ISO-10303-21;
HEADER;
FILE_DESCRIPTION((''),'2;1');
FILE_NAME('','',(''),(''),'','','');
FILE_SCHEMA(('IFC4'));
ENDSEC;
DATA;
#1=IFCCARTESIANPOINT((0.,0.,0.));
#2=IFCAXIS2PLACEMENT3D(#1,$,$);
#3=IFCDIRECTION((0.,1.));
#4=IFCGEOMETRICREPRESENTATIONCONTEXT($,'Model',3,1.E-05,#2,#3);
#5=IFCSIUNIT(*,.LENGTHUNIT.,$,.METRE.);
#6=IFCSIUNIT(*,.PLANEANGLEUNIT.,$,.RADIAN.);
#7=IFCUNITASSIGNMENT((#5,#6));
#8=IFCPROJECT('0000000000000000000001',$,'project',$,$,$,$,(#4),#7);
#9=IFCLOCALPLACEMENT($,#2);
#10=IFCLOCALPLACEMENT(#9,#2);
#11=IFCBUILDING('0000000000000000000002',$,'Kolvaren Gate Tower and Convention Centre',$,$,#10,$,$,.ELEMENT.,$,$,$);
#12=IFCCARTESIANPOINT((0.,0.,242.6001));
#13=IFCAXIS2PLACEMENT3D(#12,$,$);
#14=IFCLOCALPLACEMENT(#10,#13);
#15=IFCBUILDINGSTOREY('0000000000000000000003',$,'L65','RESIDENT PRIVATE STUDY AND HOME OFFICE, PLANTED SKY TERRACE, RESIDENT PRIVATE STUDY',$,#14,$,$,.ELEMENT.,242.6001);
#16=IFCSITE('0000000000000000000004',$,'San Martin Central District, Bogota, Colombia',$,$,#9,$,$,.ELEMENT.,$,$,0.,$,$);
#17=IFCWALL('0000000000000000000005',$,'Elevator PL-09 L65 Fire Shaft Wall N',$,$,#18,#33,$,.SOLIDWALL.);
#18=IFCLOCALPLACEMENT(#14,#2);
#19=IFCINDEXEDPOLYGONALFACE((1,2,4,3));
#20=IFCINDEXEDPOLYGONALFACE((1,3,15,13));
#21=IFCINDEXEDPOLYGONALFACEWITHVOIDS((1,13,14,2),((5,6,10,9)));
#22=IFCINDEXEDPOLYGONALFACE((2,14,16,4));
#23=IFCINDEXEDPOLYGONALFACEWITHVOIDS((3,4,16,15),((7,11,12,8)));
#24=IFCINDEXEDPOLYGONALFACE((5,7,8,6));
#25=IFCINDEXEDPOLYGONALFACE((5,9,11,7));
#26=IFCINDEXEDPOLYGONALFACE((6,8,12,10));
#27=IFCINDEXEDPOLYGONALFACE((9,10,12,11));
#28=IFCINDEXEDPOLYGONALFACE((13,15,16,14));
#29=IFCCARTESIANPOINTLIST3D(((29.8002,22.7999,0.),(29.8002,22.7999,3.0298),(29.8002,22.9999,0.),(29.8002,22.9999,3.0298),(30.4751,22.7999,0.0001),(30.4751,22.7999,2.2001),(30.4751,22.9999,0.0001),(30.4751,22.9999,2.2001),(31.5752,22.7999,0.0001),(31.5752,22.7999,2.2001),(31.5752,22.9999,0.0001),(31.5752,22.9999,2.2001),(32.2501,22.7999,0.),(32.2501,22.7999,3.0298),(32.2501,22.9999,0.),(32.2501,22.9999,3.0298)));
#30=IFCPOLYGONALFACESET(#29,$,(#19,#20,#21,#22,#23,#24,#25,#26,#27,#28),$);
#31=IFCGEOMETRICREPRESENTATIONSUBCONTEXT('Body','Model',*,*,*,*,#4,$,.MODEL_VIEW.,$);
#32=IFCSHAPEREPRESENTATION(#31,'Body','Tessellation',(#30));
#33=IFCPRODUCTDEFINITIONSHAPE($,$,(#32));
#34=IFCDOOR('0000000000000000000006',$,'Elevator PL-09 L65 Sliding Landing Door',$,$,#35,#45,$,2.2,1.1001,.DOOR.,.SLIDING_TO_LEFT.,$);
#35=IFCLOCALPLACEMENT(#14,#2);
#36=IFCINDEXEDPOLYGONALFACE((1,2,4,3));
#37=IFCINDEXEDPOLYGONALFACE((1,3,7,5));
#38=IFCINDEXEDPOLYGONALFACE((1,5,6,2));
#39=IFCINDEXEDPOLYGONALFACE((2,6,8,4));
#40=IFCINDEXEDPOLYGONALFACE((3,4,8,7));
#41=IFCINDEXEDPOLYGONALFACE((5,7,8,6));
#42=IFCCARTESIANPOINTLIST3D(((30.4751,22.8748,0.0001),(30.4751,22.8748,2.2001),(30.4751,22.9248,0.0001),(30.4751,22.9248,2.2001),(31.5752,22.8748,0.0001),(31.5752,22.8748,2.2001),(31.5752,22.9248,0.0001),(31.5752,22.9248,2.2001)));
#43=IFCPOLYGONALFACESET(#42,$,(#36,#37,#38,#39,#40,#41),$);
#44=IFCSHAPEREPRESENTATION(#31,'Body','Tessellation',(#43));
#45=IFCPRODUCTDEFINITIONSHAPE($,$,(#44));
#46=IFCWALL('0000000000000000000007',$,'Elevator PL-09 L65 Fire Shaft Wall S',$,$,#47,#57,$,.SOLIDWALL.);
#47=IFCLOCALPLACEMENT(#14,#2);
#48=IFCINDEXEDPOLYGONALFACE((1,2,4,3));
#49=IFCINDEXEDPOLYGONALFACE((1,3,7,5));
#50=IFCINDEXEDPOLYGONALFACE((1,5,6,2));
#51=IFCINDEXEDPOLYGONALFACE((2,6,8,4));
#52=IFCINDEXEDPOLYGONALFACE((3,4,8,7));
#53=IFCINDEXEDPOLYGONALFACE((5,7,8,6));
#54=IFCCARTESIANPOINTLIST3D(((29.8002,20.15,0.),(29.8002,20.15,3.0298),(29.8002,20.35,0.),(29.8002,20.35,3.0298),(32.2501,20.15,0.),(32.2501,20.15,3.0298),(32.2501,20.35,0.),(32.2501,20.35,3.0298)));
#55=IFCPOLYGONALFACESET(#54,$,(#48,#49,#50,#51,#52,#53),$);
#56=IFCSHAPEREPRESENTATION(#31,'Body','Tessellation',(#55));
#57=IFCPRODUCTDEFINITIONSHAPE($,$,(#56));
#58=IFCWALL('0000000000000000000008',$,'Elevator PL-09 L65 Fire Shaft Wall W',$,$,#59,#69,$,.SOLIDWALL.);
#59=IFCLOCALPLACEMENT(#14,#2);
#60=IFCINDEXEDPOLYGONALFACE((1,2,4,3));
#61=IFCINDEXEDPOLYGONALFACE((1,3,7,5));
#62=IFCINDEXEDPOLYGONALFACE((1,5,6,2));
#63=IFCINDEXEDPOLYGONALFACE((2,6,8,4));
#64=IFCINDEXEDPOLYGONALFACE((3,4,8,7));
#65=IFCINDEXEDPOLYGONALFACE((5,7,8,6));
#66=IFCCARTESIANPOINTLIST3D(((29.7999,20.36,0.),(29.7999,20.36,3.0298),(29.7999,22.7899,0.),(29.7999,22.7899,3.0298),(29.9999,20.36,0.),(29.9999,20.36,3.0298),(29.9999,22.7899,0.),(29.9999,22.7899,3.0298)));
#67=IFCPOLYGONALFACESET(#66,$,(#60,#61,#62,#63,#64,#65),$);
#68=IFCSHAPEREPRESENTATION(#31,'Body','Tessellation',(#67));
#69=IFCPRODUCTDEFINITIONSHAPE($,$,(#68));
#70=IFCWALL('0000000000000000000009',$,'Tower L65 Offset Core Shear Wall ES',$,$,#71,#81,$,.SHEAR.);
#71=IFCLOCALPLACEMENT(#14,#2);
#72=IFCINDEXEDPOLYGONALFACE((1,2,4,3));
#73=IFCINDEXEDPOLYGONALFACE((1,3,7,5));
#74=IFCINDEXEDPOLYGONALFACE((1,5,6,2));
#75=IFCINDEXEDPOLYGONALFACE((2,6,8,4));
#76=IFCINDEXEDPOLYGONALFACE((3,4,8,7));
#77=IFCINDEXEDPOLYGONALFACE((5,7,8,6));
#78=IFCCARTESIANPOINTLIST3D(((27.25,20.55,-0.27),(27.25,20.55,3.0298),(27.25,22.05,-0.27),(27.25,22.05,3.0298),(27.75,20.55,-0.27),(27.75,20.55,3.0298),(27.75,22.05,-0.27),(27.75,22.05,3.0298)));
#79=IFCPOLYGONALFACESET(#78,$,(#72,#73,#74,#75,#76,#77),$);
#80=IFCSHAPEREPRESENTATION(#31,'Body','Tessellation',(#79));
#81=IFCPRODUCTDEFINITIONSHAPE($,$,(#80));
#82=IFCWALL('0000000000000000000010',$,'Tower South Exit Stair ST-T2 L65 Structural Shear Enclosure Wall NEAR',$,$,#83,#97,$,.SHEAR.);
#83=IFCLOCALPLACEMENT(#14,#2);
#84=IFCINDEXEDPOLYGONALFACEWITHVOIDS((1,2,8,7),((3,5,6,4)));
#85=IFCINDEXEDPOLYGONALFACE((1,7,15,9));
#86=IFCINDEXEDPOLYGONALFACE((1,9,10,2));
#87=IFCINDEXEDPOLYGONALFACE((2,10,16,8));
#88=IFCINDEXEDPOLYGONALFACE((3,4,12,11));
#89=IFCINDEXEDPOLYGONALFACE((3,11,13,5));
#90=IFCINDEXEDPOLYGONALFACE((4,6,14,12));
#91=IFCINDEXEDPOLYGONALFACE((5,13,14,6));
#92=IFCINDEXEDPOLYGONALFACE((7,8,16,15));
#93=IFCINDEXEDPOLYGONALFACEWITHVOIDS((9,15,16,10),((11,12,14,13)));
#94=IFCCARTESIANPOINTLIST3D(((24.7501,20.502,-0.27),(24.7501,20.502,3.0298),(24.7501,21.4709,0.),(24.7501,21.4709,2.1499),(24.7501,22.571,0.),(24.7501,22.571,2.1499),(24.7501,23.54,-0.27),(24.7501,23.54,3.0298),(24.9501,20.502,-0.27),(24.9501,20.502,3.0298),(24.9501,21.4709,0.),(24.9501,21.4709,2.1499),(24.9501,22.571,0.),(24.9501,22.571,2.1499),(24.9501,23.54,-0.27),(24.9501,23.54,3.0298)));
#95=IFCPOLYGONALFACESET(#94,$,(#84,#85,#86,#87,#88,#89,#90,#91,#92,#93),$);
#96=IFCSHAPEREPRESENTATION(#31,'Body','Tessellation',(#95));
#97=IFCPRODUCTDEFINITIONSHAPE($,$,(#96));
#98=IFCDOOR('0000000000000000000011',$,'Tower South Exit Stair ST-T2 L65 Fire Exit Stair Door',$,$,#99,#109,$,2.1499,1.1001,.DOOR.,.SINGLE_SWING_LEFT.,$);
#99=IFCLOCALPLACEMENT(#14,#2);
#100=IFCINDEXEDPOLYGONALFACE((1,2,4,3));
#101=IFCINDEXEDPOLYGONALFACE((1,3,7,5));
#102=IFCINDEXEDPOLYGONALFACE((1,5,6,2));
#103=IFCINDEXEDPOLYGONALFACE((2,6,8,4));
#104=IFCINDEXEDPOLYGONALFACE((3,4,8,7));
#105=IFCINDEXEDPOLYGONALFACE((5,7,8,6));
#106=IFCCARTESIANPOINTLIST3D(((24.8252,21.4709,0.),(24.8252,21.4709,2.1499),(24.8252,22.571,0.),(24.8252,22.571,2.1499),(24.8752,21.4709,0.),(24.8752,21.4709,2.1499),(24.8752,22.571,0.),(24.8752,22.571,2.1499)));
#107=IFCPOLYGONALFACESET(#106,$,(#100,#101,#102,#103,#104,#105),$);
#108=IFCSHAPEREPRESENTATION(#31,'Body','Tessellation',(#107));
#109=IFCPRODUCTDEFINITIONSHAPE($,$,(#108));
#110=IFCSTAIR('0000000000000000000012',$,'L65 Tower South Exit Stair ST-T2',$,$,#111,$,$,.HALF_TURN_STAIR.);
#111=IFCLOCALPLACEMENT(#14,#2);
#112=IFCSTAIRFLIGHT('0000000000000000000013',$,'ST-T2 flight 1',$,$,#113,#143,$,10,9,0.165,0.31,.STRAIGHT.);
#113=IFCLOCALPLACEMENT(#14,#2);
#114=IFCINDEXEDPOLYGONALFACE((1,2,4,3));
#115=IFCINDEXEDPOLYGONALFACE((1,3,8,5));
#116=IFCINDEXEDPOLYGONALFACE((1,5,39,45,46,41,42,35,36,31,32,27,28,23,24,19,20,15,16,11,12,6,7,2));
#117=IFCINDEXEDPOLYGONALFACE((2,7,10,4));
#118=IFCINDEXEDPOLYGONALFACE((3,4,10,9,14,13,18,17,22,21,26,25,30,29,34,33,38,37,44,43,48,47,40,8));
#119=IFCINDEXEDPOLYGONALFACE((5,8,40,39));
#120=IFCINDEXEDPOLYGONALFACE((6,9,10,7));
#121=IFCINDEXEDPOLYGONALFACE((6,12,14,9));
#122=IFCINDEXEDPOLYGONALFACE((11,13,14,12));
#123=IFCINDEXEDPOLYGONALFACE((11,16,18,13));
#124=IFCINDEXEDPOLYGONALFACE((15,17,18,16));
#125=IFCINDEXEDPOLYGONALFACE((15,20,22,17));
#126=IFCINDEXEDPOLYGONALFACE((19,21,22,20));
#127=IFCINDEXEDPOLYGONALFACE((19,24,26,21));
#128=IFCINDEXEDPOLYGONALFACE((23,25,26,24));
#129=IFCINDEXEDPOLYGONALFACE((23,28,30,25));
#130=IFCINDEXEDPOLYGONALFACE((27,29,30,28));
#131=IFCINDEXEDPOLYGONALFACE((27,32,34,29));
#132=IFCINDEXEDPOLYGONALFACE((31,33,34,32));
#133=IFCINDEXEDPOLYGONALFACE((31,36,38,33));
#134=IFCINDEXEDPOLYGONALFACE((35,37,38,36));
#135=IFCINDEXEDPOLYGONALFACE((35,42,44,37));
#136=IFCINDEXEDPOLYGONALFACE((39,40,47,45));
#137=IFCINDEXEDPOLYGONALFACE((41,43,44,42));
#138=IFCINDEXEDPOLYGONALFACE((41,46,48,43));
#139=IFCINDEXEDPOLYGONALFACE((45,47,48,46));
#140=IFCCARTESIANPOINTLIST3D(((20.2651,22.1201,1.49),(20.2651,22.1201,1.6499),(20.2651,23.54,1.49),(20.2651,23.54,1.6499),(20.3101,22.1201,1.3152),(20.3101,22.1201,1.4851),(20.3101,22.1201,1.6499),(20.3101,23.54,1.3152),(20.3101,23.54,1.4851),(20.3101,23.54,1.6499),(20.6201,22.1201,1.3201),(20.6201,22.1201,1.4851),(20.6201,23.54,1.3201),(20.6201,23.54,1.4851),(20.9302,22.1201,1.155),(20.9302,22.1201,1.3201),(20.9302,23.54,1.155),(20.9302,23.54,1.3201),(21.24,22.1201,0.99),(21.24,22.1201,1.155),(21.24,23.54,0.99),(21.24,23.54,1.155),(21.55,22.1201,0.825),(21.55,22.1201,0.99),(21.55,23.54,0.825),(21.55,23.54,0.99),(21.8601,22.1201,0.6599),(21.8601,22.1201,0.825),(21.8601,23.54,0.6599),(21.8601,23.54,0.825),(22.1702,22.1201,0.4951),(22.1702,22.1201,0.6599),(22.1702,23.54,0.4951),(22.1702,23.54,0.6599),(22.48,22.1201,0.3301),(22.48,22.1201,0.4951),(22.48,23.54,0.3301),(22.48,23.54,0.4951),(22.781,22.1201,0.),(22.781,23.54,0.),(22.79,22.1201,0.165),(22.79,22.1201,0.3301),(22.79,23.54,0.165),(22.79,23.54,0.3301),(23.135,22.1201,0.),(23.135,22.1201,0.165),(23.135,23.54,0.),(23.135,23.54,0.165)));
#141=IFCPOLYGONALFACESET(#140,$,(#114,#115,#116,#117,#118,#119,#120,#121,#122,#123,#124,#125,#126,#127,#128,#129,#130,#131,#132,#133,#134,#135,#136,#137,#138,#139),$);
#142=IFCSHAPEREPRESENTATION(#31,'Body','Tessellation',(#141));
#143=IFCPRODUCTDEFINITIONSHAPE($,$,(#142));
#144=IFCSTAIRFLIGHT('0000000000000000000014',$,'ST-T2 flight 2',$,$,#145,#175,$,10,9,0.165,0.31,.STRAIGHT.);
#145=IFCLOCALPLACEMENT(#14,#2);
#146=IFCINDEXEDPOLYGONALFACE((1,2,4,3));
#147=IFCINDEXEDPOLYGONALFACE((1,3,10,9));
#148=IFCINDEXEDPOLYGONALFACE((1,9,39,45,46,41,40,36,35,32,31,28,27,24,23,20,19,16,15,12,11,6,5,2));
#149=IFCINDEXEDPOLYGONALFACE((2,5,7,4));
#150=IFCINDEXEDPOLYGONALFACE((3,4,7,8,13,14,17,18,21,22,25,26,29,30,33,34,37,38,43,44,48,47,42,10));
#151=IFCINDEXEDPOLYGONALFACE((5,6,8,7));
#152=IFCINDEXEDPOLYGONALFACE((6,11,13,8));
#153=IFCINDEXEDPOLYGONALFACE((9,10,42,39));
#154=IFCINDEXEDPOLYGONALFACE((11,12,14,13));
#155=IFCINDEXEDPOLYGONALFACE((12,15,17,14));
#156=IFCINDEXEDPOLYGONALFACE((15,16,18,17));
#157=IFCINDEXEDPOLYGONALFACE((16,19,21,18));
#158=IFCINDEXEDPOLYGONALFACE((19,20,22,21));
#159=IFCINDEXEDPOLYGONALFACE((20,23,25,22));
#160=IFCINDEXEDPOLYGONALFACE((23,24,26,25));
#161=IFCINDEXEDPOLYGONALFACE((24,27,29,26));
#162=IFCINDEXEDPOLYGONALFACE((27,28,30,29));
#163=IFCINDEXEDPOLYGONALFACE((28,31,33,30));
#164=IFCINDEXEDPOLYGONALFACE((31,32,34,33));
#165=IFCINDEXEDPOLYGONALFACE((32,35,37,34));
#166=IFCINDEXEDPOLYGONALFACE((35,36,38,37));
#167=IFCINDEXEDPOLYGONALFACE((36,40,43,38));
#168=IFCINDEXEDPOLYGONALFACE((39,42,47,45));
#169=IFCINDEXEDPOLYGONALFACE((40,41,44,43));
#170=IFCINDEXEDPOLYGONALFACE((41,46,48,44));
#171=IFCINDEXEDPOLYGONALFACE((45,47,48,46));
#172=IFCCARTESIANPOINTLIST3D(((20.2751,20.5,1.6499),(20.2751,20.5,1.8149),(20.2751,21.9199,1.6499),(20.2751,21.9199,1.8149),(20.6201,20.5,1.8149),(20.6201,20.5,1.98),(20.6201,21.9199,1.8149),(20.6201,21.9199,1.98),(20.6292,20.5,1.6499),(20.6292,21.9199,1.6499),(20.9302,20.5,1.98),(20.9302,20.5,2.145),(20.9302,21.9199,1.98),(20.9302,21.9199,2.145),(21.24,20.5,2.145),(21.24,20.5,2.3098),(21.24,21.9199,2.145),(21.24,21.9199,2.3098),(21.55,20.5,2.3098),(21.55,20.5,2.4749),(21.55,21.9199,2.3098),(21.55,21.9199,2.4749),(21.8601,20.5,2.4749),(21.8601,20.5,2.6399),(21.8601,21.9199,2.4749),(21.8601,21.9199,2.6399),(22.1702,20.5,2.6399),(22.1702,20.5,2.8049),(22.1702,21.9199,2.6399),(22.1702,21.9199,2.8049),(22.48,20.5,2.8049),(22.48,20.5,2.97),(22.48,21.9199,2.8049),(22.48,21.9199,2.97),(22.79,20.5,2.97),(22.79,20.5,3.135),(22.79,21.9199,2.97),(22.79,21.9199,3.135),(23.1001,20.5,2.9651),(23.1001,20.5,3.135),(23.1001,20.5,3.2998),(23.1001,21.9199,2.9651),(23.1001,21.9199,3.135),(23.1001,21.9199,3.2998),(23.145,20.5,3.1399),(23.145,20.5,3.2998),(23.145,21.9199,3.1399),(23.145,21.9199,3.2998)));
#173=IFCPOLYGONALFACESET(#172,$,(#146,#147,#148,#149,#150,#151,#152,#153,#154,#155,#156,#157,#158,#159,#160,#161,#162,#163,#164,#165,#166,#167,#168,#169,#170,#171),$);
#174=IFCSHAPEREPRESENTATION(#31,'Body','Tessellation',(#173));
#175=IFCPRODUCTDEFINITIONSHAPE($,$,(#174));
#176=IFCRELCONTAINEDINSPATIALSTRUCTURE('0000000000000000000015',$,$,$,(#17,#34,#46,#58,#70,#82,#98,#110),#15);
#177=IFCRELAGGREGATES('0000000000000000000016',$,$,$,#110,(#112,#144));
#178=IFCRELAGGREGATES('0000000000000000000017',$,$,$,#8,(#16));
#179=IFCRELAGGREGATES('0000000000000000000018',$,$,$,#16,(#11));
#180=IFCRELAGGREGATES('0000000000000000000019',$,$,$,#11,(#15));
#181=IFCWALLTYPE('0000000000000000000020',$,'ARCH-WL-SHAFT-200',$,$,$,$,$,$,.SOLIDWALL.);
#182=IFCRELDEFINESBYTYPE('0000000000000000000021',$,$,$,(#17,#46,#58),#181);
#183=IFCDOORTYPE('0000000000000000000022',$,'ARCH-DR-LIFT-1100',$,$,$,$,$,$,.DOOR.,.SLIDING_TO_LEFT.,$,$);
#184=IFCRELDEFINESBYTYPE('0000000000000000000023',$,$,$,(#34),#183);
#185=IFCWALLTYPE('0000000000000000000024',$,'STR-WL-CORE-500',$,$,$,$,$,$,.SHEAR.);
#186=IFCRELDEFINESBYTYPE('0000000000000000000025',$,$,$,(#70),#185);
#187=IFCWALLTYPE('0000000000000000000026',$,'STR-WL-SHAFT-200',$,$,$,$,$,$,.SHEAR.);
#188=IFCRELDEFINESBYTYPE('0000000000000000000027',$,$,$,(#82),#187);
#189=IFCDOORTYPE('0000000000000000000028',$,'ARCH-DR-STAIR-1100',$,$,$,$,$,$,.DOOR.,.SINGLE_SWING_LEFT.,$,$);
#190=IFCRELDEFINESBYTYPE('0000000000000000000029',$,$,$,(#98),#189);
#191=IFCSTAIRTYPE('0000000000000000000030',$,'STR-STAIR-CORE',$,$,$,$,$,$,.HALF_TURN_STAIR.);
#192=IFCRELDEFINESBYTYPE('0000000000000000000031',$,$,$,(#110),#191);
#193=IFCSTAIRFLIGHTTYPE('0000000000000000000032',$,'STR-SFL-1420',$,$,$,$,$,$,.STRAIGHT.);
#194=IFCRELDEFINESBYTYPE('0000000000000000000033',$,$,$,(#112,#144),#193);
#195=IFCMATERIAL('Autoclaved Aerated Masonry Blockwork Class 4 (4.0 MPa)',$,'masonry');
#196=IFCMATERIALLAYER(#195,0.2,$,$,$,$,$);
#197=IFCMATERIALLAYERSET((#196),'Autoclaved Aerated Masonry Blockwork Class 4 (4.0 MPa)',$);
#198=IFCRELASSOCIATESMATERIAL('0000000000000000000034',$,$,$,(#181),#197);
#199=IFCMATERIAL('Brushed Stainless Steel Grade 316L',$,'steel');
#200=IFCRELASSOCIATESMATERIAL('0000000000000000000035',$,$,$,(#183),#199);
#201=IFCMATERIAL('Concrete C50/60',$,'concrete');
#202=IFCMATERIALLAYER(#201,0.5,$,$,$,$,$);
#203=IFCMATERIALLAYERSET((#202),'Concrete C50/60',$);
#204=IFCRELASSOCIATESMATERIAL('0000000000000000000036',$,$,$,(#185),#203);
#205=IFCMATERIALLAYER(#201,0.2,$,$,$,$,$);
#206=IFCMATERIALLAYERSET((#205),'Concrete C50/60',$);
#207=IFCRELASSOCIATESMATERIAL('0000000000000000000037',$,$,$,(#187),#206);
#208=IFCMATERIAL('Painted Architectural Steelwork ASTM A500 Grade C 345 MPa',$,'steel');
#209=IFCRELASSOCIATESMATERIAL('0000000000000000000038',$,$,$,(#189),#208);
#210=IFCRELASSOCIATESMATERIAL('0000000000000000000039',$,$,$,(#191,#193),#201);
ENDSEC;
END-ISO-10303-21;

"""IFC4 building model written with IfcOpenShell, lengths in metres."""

from ifc_helpers import new_model, si_unit, direction, frame, frame_2d, origin, place, context, subcontext, project, spatial, polyline, rectangle, outline, extrude, material, layer, layer_set, type_object, element, fill, aggregate, save


model = new_model("IFC4")

# Units and contexts
model_context = context("Model", 3, precision=1e-05, world=origin(), true_north=direction((0.0, 1.0)))
body_context = subcontext(model_context, "Body", "Model", "MODEL_VIEW")
ifc_project = project(units=[si_unit("LENGTHUNIT", "METRE"), si_unit("PLANEANGLEUNIT", "RADIAN")], contexts=[model_context])

# Site, building, storey
site_placement = place(None, origin())
site = spatial("IfcSite", under=ifc_project, at=site_placement, Name="San Martin Central District, Bogota, Colombia", CompositionType="ELEMENT", RefElevation=0.0)
building_placement = place(site_placement, origin())
building = spatial("IfcBuilding", under=site, at=building_placement, Name="Kolvaren Gate Tower and Convention Centre", CompositionType="ELEMENT")
storey_placement = place(building_placement, frame((0.0, 0.0, 242.6001)))
storey = spatial("IfcBuildingStorey", under=building, at=storey_placement, Name="L65", Description="RESIDENT PRIVATE STUDY AND HOME OFFICE, PLANTED SKY TERRACE, RESIDENT PRIVATE STUDY", CompositionType="ELEMENT", Elevation=242.6001)

# Shared definitions
ifc_material_1 = material(Name="Autoclaved Aerated Masonry Blockwork Class 4 (4.0 MPa)", Category="masonry")

# Shared definitions
ifc_material_2 = material(Name="Painted Architectural Steelwork ASTM A500 Grade C 345 MPa", Category="steel")

# Wall, opening, door
ifc_layer_1 = layer(ifc_material_1, 0.2)
ifc_layer_set_1 = layer_set([ifc_layer_1], Name="Autoclaved Aerated Masonry Blockwork Class 4 (4.0 MPa)")
wall_type_1 = type_object("IfcWallType", Name="ARCH-WL-SHAFT-200", PredefinedType="SOLIDWALL", material=ifc_layer_set_1)
wall_1_placement = place(storey_placement, frame((29.8, 22.8999, 0.0), z_axis=(0.0, 0.0, 1.0), x_axis=(1.0, 0.0, 0.0)))
wall_1 = element("IfcWall", 1, at=wall_1_placement, inside=storey, type_object=wall_type_1, Name="Elevator PL-09 L65 Fire Shaft Wall N", PredefinedType="SOLIDWALL", context=body_context, shape_type="SweptSolid", body=[
    extrude(rectangle(XDim=2.45, YDim=0.2, at=frame_2d((1.2251, 0.0))), origin(), (0.0, 0.0, 1.0), 3.0298),
])
opening_1_placement = place(wall_1_placement, frame((0.675, 0.0, 0.0)))
opening_1 = element("IfcOpeningElement", 2, at=opening_1_placement, cuts=wall_1, PredefinedType="OPENING", context=body_context, shape_type="SweptSolid", body=[
    extrude(rectangle(XDim=1.1001, YDim=2.2, at=frame_2d((0.55, 1.1001))), frame((0.0, 0.1099, 0.0), z_axis=(0.0, -1.0, 0.0), x_axis=(1.0, 0.0, 0.0)), (0.0, 0.0, 1.0), 0.22),
])
ifc_material_3 = material(Name="Brushed Stainless Steel Grade 316L", Category="steel")
door_type_1 = type_object("IfcDoorType", Name="ARCH-DR-LIFT-1100", OperationType="SLIDING_TO_LEFT", PredefinedType="DOOR", material=ifc_material_3)
door_1_placement = place(opening_1_placement, origin())
door_1 = element("IfcDoor", 3, at=door_1_placement, inside=storey, type_object=door_type_1, Name="Elevator PL-09 L65 Sliding Landing Door", OperationType="SLIDING_TO_LEFT", OverallHeight=2.2, OverallWidth=1.1001, PredefinedType="DOOR", context=body_context, shape_type="SweptSolid", body=[
    extrude(rectangle(XDim=1.1001, YDim=2.2, at=frame_2d((0.55, 1.1001))), frame((0.0, 0.0249, 0.0), z_axis=(0.0, -1.0, 0.0), x_axis=(1.0, 0.0, 0.0)), (0.0, 0.0, 1.0), 0.05),
])
fill(opening_1, door_1)

# Walls
wall_2_placement = place(storey_placement, frame((29.8, 20.25, 0.0), z_axis=(0.0, 0.0, 1.0), x_axis=(1.0, 0.0, 0.0)))
element("IfcWall", 4, at=wall_2_placement, inside=storey, type_object=wall_type_1, Name="Elevator PL-09 L65 Fire Shaft Wall S", PredefinedType="SOLIDWALL", context=body_context, shape_type="SweptSolid", body=[
    extrude(rectangle(XDim=2.45, YDim=0.2, at=frame_2d((1.2251, 0.0))), origin(), (0.0, 0.0, 1.0), 3.0298),
])
wall_3_placement = place(storey_placement, frame((29.8999, 20.3601, 0.0), z_axis=(0.0, 0.0, 1.0), x_axis=(0.0, 1.0, 0.0)))
element("IfcWall", 5, at=wall_3_placement, inside=storey, type_object=wall_type_1, Name="Elevator PL-09 L65 Fire Shaft Wall W", PredefinedType="SOLIDWALL", context=body_context, shape_type="SweptSolid", body=[
    extrude(rectangle(XDim=2.4299, YDim=0.2, at=frame_2d((1.2148, 0.0))), origin(), (0.0, 0.0, 1.0), 3.0298),
])
ifc_material_4 = material(Name="Concrete C50/60", Category="concrete")
ifc_layer_2 = layer(ifc_material_4, 0.5)
ifc_layer_set_2 = layer_set([ifc_layer_2], Name="Concrete C50/60")
wall_type_2 = type_object("IfcWallType", Name="STR-WL-CORE-500", PredefinedType="SHEAR", material=ifc_layer_set_2)
wall_4_placement = place(storey_placement, frame((27.5, 20.55, -0.27), z_axis=(0.0, 0.0, 1.0), x_axis=(0.0, 1.0, 0.0)))
element("IfcWall", 6, at=wall_4_placement, inside=storey, type_object=wall_type_2, Name="Tower L65 Offset Core Shear Wall ES", PredefinedType="SHEAR", context=body_context, shape_type="SweptSolid", body=[
    extrude(rectangle(XDim=1.5, YDim=0.5, at=frame_2d((0.75, 0.0))), origin(), (0.0, 0.0, 1.0), 3.2998),
])

# Wall, opening, door
ifc_layer_3 = layer(ifc_material_4, 0.2)
ifc_layer_set_3 = layer_set([ifc_layer_3], Name="Concrete C50/60")
wall_type_3 = type_object("IfcWallType", Name="STR-WL-SHAFT-200", PredefinedType="SHEAR", material=ifc_layer_set_3)
wall_5_placement = place(storey_placement, frame((24.8501, 20.502, -0.27), z_axis=(0.0, 0.0, 1.0), x_axis=(0.0, 1.0, 0.0)))
wall_5 = element("IfcWall", 7, at=wall_5_placement, inside=storey, type_object=wall_type_3, Name="Tower South Exit Stair ST-T2 L65 Structural Shear Enclosure Wall NEAR", PredefinedType="SHEAR", context=body_context, shape_type="SweptSolid", body=[
    extrude(rectangle(XDim=3.0381, YDim=0.2, at=frame_2d((1.519, 0.0))), origin(), (0.0, 0.0, 1.0), 3.2998),
])
opening_2_placement = place(wall_5_placement, frame((0.969, 0.0, 0.27)))
opening_2 = element("IfcOpeningElement", 8, at=opening_2_placement, cuts=wall_5, PredefinedType="OPENING", context=body_context, shape_type="SweptSolid", body=[
    extrude(rectangle(XDim=1.1001, YDim=2.1499, at=frame_2d((0.55, 1.075))), frame((0.0, 0.1099, 0.0), z_axis=(0.0, -1.0, 0.0), x_axis=(1.0, 0.0, 0.0)), (0.0, 0.0, 1.0), 0.22),
])
door_type_2 = type_object("IfcDoorType", Name="ARCH-DR-STAIR-1100", OperationType="SINGLE_SWING_LEFT", PredefinedType="DOOR", material=ifc_material_2)
door_2_placement = place(opening_2_placement, origin())
door_2 = element("IfcDoor", 9, at=door_2_placement, inside=storey, type_object=door_type_2, Name="Tower South Exit Stair ST-T2 L65 Fire Exit Stair Door", OperationType="SINGLE_SWING_LEFT", OverallHeight=2.1499, OverallWidth=1.1001, PredefinedType="DOOR", context=body_context, shape_type="SweptSolid", body=[
    extrude(rectangle(XDim=1.1001, YDim=2.1499, at=frame_2d((0.55, 1.075))), frame((0.0, 0.0249, 0.0), z_axis=(0.0, -1.0, 0.0), x_axis=(1.0, 0.0, 0.0)), (0.0, 0.0, 1.0), 0.05),
])
fill(opening_2, door_2)

# Stair, stair flights
stair_type = type_object("IfcStairType", Name="STR-STAIR-CORE", PredefinedType="HALF_TURN_STAIR", material=ifc_material_4)
stair_placement = place(storey_placement, origin())
stair = element("IfcStair", 10, at=stair_placement, inside=storey, type_object=stair_type, Name="L65 Tower South Exit Stair ST-T2", PredefinedType="HALF_TURN_STAIR")
stair_flight_type = type_object("IfcStairFlightType", Name="STR-SFL-1420", PredefinedType="STRAIGHT", material=ifc_material_4)
stair_flight_1_placement = place(storey_placement, frame((23.1001, 22.8301, 0.0), z_axis=(0.0, 0.0, 1.0), x_axis=(-1.0, 0.0, 0.0)))
stair_flight_1 = element("IfcStairFlight", 11, at=stair_flight_1_placement, type_object=stair_flight_type, Name="ST-T2 flight 1", NumberOfRisers=10, NumberOfTreads=9, PredefinedType="STRAIGHT", RiserHeight=0.165, TreadLength=0.31, context=body_context, shape_type="SweptSolid", body=[
    extrude(outline(polyline([(-0.0349, 0.0), (-0.0349, 0.165), (0.3101, 0.165), (0.3101, 0.3301), (0.6201, 0.3301), (0.6201, 0.4951), (0.9299, 0.4951), (0.9299, 0.6599), (1.24, 0.6599), (1.24, 0.825), (1.55, 0.825), (1.55, 0.99), (1.8601, 0.99), (1.8601, 1.155), (2.1699, 1.155), (2.1699, 1.3201), (2.48, 1.3201), (2.48, 1.4851), (2.79, 1.4851), (2.79, 1.6499), (2.835, 1.6499), (2.835, 1.49), (2.79, 1.3152), (0.3191, 0.0), (-0.0349, 0.0)])), frame((0.0, 0.71, 0.0), z_axis=(0.0, -1.0, 0.0), x_axis=(1.0, 0.0, 0.0)), (0.0, 0.0, 1.0), 1.4199),
])
stair_flight_2_placement = place(storey_placement, frame((20.3101, 21.21, 1.6499), z_axis=(0.0, 0.0, 1.0), x_axis=(1.0, 0.0, 0.0)))
stair_flight_2 = element("IfcStairFlight", 12, at=stair_flight_2_placement, type_object=stair_flight_type, Name="ST-T2 flight 2", NumberOfRisers=10, NumberOfTreads=9, PredefinedType="STRAIGHT", RiserHeight=0.165, TreadLength=0.31, context=body_context, shape_type="SweptSolid", body=[
    extrude(outline(polyline([(-0.0349, 0.0), (-0.0349, 0.165), (0.3101, 0.165), (0.3101, 0.3301), (0.6201, 0.3301), (0.6201, 0.4951), (0.9299, 0.4951), (0.9299, 0.6599), (1.24, 0.6599), (1.24, 0.825), (1.55, 0.825), (1.55, 0.99), (1.8601, 0.99), (1.8601, 1.155), (2.1699, 1.155), (2.1699, 1.3201), (2.48, 1.3201), (2.48, 1.4851), (2.79, 1.4851), (2.79, 1.6499), (2.835, 1.6499), (2.835, 1.49), (2.79, 1.3152), (0.3191, 0.0), (-0.0349, 0.0)])), frame((0.0, 0.71, 0.0), z_axis=(0.0, -1.0, 0.0), x_axis=(1.0, 0.0, 0.0)), (0.0, 0.0, 1.0), 1.4199),
])
aggregate(stair, [stair_flight_1, stair_flight_2])

save(model, "model.ifc")
